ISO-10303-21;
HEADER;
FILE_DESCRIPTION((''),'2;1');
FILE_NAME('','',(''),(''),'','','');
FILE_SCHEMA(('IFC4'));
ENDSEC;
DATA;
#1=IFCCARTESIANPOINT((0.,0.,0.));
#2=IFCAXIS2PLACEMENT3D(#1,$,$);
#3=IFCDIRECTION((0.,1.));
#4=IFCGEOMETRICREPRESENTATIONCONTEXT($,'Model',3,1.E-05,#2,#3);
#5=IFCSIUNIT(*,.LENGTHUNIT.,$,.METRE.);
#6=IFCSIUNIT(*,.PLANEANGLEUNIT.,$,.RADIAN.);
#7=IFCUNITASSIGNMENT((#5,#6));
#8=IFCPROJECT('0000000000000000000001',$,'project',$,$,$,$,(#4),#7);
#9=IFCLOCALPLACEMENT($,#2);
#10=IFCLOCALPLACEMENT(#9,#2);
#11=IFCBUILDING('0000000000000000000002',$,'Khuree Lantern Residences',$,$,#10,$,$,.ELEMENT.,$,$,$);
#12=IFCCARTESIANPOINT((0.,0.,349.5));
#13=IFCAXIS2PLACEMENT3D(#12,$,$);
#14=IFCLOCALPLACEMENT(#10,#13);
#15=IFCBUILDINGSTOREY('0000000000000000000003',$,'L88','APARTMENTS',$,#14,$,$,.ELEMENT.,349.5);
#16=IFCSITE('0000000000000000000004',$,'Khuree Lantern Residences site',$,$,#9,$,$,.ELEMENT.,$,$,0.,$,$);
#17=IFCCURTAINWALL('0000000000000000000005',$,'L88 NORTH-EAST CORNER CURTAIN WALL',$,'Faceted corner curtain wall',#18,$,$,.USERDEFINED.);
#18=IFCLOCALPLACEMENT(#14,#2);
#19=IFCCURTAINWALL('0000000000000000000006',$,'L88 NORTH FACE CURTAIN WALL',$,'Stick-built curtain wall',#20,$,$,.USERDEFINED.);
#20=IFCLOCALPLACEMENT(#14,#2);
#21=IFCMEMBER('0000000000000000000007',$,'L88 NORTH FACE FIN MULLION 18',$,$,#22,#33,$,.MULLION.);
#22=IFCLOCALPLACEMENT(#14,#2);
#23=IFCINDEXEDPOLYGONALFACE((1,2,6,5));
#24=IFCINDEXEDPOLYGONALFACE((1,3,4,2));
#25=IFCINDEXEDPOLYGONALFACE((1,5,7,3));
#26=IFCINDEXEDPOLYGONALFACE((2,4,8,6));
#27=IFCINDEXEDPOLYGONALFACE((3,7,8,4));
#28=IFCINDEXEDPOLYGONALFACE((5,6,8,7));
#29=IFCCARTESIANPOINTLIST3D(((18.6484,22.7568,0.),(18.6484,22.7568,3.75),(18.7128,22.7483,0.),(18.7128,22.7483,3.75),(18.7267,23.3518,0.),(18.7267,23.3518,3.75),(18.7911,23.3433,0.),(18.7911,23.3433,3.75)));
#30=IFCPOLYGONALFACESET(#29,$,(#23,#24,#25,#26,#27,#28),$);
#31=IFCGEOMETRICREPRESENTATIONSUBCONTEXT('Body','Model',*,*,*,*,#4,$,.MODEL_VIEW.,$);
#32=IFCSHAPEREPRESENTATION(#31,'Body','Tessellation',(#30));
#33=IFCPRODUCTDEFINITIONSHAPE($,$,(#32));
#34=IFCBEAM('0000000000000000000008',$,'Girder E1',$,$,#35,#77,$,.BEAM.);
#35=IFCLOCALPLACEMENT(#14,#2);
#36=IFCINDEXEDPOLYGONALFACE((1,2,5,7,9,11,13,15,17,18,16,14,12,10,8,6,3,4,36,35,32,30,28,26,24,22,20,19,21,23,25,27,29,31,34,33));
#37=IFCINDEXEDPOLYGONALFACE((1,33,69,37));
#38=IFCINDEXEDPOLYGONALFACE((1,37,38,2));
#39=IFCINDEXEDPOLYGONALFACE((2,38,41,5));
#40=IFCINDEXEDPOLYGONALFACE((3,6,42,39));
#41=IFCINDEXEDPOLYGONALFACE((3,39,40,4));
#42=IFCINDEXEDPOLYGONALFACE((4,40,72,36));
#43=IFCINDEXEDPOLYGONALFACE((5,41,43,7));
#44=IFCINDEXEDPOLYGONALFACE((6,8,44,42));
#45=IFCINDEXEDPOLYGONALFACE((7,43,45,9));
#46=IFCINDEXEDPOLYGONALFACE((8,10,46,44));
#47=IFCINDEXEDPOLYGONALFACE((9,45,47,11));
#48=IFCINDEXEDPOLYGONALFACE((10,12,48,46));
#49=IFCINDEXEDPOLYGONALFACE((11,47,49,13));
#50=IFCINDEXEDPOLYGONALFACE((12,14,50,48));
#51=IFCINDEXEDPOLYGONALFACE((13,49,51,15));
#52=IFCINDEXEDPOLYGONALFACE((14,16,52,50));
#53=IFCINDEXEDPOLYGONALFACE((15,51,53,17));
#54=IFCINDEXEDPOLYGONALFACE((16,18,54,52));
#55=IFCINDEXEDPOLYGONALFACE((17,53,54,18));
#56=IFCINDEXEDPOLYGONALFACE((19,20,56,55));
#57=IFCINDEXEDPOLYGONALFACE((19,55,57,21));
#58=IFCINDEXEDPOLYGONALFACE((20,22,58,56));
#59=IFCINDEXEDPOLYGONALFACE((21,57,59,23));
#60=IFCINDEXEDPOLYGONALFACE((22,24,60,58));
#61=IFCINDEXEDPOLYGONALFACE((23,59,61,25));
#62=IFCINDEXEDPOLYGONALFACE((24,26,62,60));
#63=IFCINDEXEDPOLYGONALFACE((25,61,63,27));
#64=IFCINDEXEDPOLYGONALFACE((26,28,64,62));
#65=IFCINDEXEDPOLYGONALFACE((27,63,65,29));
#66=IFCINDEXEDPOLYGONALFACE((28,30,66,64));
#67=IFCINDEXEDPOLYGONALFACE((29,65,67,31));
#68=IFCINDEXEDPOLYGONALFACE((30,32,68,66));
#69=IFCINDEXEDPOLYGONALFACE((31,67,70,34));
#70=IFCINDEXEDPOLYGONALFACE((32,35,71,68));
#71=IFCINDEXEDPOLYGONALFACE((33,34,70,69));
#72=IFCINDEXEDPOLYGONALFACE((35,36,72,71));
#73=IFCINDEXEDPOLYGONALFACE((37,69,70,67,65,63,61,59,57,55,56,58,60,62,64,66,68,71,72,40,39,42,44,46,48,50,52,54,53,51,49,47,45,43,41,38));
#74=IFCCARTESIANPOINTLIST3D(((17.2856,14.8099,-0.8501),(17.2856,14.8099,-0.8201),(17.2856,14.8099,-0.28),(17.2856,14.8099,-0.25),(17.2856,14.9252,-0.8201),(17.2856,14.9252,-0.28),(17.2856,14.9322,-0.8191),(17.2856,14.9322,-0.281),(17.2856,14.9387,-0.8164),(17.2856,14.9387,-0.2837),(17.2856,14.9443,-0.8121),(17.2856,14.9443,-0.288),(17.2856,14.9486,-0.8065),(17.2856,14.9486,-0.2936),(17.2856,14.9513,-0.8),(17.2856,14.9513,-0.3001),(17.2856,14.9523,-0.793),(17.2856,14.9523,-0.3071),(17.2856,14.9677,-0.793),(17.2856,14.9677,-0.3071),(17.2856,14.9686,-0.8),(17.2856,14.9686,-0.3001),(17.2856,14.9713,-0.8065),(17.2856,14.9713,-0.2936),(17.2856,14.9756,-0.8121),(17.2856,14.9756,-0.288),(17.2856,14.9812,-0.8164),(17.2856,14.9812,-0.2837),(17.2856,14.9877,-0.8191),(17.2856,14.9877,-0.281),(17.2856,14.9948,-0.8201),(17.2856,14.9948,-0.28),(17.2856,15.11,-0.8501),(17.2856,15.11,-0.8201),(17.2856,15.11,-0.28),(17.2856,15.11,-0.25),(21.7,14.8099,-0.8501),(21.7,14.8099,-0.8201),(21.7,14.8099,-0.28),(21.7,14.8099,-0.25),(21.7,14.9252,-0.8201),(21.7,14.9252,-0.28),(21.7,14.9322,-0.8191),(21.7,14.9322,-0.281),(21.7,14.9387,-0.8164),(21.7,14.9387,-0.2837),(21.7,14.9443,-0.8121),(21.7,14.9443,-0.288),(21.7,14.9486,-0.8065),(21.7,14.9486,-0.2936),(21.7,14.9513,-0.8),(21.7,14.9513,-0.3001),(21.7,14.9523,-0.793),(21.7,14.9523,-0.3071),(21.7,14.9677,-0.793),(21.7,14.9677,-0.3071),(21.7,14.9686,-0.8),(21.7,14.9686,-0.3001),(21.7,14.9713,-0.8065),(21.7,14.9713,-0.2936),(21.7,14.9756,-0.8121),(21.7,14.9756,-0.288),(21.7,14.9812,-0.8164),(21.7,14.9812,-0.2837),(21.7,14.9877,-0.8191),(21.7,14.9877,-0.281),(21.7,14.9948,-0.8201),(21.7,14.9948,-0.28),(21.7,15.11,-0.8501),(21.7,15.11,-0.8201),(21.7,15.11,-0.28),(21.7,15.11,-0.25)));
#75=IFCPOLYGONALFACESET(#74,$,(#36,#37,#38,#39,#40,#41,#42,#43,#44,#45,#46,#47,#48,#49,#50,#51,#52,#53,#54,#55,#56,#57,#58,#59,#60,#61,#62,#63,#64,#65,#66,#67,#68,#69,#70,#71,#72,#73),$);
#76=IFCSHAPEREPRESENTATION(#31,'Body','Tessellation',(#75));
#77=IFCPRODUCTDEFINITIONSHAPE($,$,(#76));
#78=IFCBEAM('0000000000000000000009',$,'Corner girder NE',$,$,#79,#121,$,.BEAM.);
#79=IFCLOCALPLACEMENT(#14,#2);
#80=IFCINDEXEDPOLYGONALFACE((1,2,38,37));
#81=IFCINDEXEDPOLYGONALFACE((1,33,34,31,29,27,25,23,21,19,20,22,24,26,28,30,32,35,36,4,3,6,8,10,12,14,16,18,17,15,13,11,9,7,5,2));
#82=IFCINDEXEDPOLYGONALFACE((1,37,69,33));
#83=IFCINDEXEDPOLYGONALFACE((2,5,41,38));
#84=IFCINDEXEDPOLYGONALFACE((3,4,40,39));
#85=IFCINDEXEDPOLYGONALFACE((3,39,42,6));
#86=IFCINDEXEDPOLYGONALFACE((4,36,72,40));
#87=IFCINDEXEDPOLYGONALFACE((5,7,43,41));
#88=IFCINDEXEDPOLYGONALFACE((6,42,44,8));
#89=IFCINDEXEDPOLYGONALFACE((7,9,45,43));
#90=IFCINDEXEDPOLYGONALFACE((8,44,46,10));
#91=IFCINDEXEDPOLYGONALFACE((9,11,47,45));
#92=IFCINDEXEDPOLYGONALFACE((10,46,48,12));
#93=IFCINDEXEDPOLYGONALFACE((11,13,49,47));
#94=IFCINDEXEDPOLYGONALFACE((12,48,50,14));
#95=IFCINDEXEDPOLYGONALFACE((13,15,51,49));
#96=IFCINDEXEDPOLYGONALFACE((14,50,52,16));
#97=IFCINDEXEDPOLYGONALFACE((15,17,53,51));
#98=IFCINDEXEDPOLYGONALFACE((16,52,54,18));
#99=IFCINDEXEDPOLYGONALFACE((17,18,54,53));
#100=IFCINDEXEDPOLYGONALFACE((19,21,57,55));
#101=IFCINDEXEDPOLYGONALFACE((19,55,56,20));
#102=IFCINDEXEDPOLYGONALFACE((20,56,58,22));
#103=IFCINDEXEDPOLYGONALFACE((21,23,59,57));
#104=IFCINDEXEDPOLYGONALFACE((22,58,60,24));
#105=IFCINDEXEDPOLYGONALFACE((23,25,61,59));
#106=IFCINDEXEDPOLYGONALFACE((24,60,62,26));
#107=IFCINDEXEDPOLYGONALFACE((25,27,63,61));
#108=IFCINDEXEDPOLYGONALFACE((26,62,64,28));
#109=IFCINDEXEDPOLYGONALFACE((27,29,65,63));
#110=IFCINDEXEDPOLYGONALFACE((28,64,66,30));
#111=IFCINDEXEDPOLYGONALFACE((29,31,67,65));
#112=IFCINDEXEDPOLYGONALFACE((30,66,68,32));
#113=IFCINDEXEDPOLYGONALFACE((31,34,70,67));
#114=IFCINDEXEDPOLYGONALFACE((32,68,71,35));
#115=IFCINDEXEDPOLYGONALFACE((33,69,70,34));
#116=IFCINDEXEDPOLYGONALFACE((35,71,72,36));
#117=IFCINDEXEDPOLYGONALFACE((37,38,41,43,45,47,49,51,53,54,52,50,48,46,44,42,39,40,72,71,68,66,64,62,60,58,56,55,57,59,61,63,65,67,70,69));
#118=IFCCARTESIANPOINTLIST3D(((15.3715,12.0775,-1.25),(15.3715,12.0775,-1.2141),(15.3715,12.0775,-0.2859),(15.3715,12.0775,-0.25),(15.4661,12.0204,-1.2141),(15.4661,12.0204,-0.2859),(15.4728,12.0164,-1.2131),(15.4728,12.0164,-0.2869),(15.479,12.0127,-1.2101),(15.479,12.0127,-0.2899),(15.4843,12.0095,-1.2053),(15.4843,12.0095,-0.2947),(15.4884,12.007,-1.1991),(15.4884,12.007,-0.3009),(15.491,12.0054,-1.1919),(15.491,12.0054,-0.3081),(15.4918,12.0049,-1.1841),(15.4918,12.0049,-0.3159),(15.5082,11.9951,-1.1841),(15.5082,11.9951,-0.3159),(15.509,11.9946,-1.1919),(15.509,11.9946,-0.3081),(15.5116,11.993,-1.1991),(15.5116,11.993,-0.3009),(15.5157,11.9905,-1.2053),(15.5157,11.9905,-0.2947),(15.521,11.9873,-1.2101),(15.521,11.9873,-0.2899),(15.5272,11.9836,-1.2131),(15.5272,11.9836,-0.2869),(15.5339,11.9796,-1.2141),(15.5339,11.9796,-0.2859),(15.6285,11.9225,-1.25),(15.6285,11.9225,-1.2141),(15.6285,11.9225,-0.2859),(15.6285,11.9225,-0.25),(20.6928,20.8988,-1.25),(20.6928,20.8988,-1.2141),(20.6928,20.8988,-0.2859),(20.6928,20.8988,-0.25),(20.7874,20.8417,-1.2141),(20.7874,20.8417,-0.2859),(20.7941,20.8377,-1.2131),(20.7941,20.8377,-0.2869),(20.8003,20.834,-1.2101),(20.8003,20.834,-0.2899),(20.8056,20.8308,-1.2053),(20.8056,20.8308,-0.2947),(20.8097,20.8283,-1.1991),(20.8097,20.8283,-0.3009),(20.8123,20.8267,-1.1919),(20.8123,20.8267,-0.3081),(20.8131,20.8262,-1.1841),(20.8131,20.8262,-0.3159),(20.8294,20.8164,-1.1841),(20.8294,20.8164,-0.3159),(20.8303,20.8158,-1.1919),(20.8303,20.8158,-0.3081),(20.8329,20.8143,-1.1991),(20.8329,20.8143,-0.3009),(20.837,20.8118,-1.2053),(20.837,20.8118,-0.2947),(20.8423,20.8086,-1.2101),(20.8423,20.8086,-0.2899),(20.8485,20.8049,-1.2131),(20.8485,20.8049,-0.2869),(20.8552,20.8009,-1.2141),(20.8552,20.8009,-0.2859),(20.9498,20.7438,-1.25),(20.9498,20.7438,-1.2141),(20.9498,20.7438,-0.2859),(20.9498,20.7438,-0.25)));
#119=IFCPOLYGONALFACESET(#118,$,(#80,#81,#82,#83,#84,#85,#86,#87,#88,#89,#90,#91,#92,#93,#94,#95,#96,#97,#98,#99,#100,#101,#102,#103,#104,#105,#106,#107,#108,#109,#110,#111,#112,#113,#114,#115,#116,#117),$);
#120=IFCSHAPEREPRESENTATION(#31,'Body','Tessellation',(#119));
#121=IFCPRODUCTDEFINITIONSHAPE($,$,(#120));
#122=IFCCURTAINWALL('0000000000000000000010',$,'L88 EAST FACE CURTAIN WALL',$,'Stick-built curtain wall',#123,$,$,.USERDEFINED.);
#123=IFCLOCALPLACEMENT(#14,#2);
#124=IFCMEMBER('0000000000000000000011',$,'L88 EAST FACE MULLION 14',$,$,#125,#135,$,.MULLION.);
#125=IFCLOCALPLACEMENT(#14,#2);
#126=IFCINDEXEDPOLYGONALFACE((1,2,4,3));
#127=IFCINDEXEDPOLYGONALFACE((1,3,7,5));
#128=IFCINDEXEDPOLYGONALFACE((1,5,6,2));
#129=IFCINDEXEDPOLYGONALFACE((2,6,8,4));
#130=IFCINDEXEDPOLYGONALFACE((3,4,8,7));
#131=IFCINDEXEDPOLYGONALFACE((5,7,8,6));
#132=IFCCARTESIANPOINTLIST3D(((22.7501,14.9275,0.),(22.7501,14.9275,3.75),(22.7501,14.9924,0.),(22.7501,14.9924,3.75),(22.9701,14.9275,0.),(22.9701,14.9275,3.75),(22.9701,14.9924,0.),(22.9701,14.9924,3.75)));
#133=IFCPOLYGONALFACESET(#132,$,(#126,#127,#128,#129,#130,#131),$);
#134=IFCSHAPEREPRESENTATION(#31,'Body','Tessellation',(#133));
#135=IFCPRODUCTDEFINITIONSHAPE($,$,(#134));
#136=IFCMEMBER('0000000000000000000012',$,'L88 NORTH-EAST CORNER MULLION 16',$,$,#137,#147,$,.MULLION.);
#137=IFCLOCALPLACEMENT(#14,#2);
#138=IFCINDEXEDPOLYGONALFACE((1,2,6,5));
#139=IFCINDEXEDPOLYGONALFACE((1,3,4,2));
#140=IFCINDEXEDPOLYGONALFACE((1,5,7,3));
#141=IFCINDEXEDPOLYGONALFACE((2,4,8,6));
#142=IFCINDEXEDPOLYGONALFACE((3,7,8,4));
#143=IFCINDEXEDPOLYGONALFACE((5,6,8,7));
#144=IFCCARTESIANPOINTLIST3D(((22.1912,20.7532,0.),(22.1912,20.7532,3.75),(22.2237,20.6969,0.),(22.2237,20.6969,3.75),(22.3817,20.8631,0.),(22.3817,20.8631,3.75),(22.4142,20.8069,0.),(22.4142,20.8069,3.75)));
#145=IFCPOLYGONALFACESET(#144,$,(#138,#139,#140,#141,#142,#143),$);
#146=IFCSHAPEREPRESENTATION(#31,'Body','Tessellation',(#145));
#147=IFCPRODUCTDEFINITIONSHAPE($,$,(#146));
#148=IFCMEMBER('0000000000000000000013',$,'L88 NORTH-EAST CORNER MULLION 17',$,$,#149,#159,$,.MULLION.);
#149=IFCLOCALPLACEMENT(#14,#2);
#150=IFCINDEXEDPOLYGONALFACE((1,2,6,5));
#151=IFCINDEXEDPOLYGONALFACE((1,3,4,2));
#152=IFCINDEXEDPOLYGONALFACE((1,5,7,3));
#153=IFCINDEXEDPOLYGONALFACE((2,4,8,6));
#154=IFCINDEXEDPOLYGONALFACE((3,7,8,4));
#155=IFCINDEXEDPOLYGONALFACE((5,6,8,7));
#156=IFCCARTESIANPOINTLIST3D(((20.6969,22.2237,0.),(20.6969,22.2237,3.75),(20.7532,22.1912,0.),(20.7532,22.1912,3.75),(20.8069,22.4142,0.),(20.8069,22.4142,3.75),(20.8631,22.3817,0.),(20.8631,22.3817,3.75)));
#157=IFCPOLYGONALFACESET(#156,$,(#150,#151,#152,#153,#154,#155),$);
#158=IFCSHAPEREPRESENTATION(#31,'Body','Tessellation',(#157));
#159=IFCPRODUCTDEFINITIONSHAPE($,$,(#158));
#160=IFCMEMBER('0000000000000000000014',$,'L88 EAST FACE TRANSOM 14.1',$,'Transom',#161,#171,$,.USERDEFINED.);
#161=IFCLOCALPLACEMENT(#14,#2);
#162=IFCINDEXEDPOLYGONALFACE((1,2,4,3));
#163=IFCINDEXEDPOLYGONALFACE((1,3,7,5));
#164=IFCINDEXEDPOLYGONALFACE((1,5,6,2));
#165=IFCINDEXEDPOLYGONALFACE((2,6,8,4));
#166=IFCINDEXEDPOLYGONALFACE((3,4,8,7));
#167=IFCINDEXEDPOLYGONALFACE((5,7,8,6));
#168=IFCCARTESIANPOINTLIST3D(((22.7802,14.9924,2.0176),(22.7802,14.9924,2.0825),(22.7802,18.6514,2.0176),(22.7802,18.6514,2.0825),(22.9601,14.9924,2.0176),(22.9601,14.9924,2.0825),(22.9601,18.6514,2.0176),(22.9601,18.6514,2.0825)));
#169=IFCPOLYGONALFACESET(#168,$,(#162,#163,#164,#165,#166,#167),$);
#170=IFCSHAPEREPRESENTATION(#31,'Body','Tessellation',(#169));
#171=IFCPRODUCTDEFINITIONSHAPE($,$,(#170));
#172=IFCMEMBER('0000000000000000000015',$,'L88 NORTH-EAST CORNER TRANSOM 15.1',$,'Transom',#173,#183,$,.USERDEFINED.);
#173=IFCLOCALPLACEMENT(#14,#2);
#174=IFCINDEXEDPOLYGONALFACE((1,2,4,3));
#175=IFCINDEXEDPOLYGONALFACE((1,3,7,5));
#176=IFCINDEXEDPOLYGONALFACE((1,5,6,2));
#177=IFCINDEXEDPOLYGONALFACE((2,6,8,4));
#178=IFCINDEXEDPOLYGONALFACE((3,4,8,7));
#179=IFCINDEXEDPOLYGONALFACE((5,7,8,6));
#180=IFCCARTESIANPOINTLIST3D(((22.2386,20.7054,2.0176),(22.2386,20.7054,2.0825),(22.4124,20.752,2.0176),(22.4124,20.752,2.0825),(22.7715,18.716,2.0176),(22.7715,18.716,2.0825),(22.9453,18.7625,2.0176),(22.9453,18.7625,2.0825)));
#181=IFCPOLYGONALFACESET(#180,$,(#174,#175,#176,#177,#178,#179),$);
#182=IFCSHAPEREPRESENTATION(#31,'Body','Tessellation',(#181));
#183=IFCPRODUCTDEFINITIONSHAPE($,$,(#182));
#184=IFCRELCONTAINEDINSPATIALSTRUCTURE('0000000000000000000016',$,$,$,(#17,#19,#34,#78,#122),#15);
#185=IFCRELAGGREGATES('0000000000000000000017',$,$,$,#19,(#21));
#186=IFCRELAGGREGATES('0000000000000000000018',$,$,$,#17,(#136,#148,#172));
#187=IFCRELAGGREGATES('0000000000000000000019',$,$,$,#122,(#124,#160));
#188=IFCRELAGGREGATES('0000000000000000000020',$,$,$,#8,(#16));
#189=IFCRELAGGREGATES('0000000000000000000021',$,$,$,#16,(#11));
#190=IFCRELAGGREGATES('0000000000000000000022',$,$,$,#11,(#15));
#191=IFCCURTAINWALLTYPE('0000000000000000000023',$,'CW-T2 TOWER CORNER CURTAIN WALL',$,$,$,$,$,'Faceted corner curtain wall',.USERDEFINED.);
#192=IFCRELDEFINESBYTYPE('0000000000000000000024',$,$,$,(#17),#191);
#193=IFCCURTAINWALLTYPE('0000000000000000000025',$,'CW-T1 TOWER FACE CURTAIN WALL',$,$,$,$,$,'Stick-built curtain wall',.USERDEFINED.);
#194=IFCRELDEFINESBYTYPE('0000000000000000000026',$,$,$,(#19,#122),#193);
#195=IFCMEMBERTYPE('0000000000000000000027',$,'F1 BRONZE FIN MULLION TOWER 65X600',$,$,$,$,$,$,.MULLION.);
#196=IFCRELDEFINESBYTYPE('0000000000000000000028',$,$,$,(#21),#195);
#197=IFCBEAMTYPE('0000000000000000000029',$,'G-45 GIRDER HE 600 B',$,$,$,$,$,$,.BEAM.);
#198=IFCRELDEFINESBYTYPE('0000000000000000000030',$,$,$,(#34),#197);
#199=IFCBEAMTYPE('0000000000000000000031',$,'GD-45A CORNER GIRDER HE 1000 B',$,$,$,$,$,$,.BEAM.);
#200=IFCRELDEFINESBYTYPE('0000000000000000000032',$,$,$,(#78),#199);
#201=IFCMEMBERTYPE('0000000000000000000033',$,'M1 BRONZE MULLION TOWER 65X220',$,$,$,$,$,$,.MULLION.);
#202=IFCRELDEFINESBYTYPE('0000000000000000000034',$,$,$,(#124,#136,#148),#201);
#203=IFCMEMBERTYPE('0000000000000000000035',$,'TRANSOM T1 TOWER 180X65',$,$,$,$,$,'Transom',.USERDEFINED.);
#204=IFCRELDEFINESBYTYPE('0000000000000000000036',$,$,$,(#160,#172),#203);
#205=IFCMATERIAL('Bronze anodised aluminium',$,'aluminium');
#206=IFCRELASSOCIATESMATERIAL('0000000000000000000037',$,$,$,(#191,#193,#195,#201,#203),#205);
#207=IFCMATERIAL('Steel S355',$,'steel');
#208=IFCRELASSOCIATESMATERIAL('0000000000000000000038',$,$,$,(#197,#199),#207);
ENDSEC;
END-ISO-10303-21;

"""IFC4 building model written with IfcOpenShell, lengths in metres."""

from ifc_helpers import new_model, si_unit, direction, frame, origin, origin_2d, place, context, subcontext, project, spatial, rectangle, i_section, extrude, material, material_profile, profile_set, type_object, element, aggregate, save


model = new_model("IFC4")

# Units and contexts
model_context = context("Model", 3, precision=1e-05, world=origin(), true_north=direction((0.0, 1.0)))
body_context = subcontext(model_context, "Body", "Model", "MODEL_VIEW")
ifc_project = project(units=[si_unit("LENGTHUNIT", "METRE"), si_unit("PLANEANGLEUNIT", "RADIAN")], contexts=[model_context])

# Site, building, storey
site_placement = place(None, origin())
site = spatial("IfcSite", under=ifc_project, at=site_placement, Name="Khuree Lantern Residences site", CompositionType="ELEMENT", RefElevation=0.0)
building_placement = place(site_placement, origin())
building = spatial("IfcBuilding", under=site, at=building_placement, Name="Khuree Lantern Residences", CompositionType="ELEMENT")
storey_placement = place(building_placement, frame((0.0, 0.0, 349.5)))
storey = spatial("IfcBuildingStorey", under=building, at=storey_placement, Name="L88", Description="APARTMENTS", CompositionType="ELEMENT", Elevation=349.5)

# Shared definitions
ifc_material_1 = material(Name="Steel S355", Category="steel")

# Curtain walls, member
ifc_material_2 = material(Name="Bronze anodised aluminium", Category="aluminium")
curtain_wall_type_1 = type_object("IfcCurtainWallType", Name="CW-T2 TOWER CORNER CURTAIN WALL", ElementType="Faceted corner curtain wall", PredefinedType="USERDEFINED", material=ifc_material_2)
curtain_wall_1_placement = place(storey_placement, origin())
curtain_wall_1 = element("IfcCurtainWall", 1, at=curtain_wall_1_placement, inside=storey, type_object=curtain_wall_type_1, Name="L88 NORTH-EAST CORNER CURTAIN WALL", ObjectType="Faceted corner curtain wall", PredefinedType="USERDEFINED")
ifc_material_profile_1 = material_profile(ifc_material_2, rectangle(XDim=0.0649, YDim=0.6001, at=origin_2d()), Name="F1 65X600")
ifc_profile_set_1 = profile_set([ifc_material_profile_1], Name="Bronze anodised aluminium")
member_type_1 = type_object("IfcMemberType", Name="F1 BRONZE FIN MULLION TOWER 65X600", PredefinedType="MULLION", material=ifc_profile_set_1)
curtain_wall_type_2 = type_object("IfcCurtainWallType", Name="CW-T1 TOWER FACE CURTAIN WALL", ElementType="Stick-built curtain wall", PredefinedType="USERDEFINED", material=ifc_material_2)
curtain_wall_2_placement = place(storey_placement, origin())
curtain_wall_2 = element("IfcCurtainWall", 2, at=curtain_wall_2_placement, inside=storey, type_object=curtain_wall_type_2, Name="L88 NORTH FACE CURTAIN WALL", ObjectType="Stick-built curtain wall", PredefinedType="USERDEFINED")
member_1_placement = place(storey_placement, frame((18.7197, 23.05, 0.0), z_axis=(0.0, 0.0, 1.0), x_axis=(-0.991445, 0.130526, 0.0)))
member_1 = element("IfcMember", 3, at=member_1_placement, type_object=member_type_1, Name="L88 NORTH FACE FIN MULLION 18", PredefinedType="MULLION", context=body_context, shape_type="SweptSolid", body=[
    extrude(rectangle(XDim=0.0649, YDim=0.6001, at=origin_2d()), origin(), (0.0, 0.0, 1.0), 3.75),
])

# Beams
ifc_material_profile_2 = material_profile(ifc_material_1, i_section(OverallWidth=0.3, OverallDepth=0.6001, WebThickness=0.0154, FlangeThickness=0.03, FilletRadius=0.0271, at=origin_2d()), Name="HE 600 B")
ifc_profile_set_2 = profile_set([ifc_material_profile_2], Name="Steel S355")
beam_type_1 = type_object("IfcBeamType", Name="G-45 GIRDER HE 600 B", PredefinedType="BEAM", material=ifc_profile_set_2)
beam_1_placement = place(storey_placement, frame((21.7, 14.96, -0.55), z_axis=(-1.0, 0.0, 0.0), x_axis=(0.0, -1.0, 0.0)))
element("IfcBeam", 4, at=beam_1_placement, inside=storey, type_object=beam_type_1, Name="Girder E1", PredefinedType="BEAM", context=body_context, shape_type="SweptSolid", body=[
    extrude(i_section(OverallWidth=0.3, OverallDepth=0.6001, WebThickness=0.0154, FlangeThickness=0.03, FilletRadius=0.0271, at=origin_2d()), origin(), (0.0, 0.0, 1.0), 4.4143),
])
ifc_material_profile_3 = material_profile(ifc_material_1, i_section(OverallWidth=0.3, OverallDepth=1.0, WebThickness=0.019, FlangeThickness=0.0359, FilletRadius=0.03, at=origin_2d()), Name="HE 1000 B")
ifc_profile_set_3 = profile_set([ifc_material_profile_3], Name="Steel S355")
beam_type_2 = type_object("IfcBeamType", Name="GD-45A CORNER GIRDER HE 1000 B", PredefinedType="BEAM", material=ifc_profile_set_3)
beam_2_placement = place(storey_placement, frame((20.8213, 20.8213, -0.75), z_axis=(-0.51653, -0.856269, 0.0), x_axis=(0.856269, -0.51653, 0.0)))
element("IfcBeam", 5, at=beam_2_placement, inside=storey, type_object=beam_type_2, Name="Corner girder NE", PredefinedType="BEAM", context=body_context, shape_type="SweptSolid", body=[
    extrude(i_section(OverallWidth=0.3, OverallDepth=1.0, WebThickness=0.019, FlangeThickness=0.0359, FilletRadius=0.03, at=origin_2d()), origin(), (0.0, 0.0, 1.0), 10.302),
])

# Curtain wall, member
curtain_wall_3_placement = place(storey_placement, origin())
curtain_wall_3 = element("IfcCurtainWall", 6, at=curtain_wall_3_placement, inside=storey, type_object=curtain_wall_type_2, Name="L88 EAST FACE CURTAIN WALL", ObjectType="Stick-built curtain wall", PredefinedType="USERDEFINED")
ifc_material_profile_4 = material_profile(ifc_material_2, rectangle(XDim=0.0649, YDim=0.22, at=origin_2d()), Name="M1 65X220")
ifc_profile_set_4 = profile_set([ifc_material_profile_4], Name="Bronze anodised aluminium")
member_type_2 = type_object("IfcMemberType", Name="M1 BRONZE MULLION TOWER 65X220", PredefinedType="MULLION", material=ifc_profile_set_4)
member_2_placement = place(storey_placement, frame((22.8601, 14.96, 0.0), z_axis=(0.0, 0.0, 1.0), x_axis=(0.0, 1.0, 0.0)))
member_2 = element("IfcMember", 7, at=member_2_placement, type_object=member_type_2, Name="L88 EAST FACE MULLION 14", PredefinedType="MULLION", context=body_context, shape_type="SweptSolid", body=[
    extrude(rectangle(XDim=0.0649, YDim=0.22, at=origin_2d()), origin(), (0.0, 0.0, 1.0), 3.75),
])

# Members
member_3_placement = place(storey_placement, frame((22.3027, 20.78, 0.0), z_axis=(0.0, 0.0, 1.0), x_axis=(-0.5, 0.866025, 0.0)))
member_3 = element("IfcMember", 8, at=member_3_placement, type_object=member_type_2, Name="L88 NORTH-EAST CORNER MULLION 16", PredefinedType="MULLION", context=body_context, shape_type="SweptSolid", body=[
    extrude(rectangle(XDim=0.0649, YDim=0.22, at=origin_2d()), origin(), (0.0, 0.0, 1.0), 3.75),
])
member_4_placement = place(storey_placement, frame((20.78, 22.3027, 0.0), z_axis=(0.0, 0.0, 1.0), x_axis=(-0.866025, 0.5, 0.0)))
member_4 = element("IfcMember", 9, at=member_4_placement, type_object=member_type_2, Name="L88 NORTH-EAST CORNER MULLION 17", PredefinedType="MULLION", context=body_context, shape_type="SweptSolid", body=[
    extrude(rectangle(XDim=0.0649, YDim=0.22, at=origin_2d()), origin(), (0.0, 0.0, 1.0), 3.75),
])
ifc_material_profile_5 = material_profile(ifc_material_2, rectangle(XDim=0.1799, YDim=0.0649, at=origin_2d()), Name="T1 180X65")
ifc_profile_set_5 = profile_set([ifc_material_profile_5], Name="Bronze anodised aluminium")
member_type_3 = type_object("IfcMemberType", Name="TRANSOM T1 TOWER 180X65", ElementType="Transom", PredefinedType="USERDEFINED", material=ifc_profile_set_5)
member_5_placement = place(storey_placement, frame((22.8701, 14.9924, 2.05), z_axis=(0.0, 1.0, 0.0), x_axis=(-1.0, 0.0, 0.0)))
member_5 = element("IfcMember", 10, at=member_5_placement, type_object=member_type_3, Name="L88 EAST FACE TRANSOM 14.1", ObjectType="Transom", PredefinedType="USERDEFINED", context=body_context, shape_type="SweptSolid", body=[
    extrude(rectangle(XDim=0.1799, YDim=0.0649, at=origin_2d()), origin(), (0.0, 0.0, 1.0), 3.6589),
])
member_6_placement = place(storey_placement, frame((22.8584, 18.7393, 2.05), z_axis=(-0.258762, 0.965941, 0.0), x_axis=(-0.965941, -0.258762, 0.0)))
member_6 = element("IfcMember", 11, at=member_6_placement, type_object=member_type_3, Name="L88 NORTH-EAST CORNER TRANSOM 15.1", ObjectType="Transom", PredefinedType="USERDEFINED", context=body_context, shape_type="SweptSolid", body=[
    extrude(rectangle(XDim=0.1799, YDim=0.0649, at=origin_2d()), origin(), (0.0, 0.0, 1.0), 2.0596),
])
aggregate(curtain_wall_2, [member_1])

aggregate(curtain_wall_1, [member_3, member_4, member_6])
aggregate(curtain_wall_3, [member_2, member_5])

save(model, "model.ifc")
